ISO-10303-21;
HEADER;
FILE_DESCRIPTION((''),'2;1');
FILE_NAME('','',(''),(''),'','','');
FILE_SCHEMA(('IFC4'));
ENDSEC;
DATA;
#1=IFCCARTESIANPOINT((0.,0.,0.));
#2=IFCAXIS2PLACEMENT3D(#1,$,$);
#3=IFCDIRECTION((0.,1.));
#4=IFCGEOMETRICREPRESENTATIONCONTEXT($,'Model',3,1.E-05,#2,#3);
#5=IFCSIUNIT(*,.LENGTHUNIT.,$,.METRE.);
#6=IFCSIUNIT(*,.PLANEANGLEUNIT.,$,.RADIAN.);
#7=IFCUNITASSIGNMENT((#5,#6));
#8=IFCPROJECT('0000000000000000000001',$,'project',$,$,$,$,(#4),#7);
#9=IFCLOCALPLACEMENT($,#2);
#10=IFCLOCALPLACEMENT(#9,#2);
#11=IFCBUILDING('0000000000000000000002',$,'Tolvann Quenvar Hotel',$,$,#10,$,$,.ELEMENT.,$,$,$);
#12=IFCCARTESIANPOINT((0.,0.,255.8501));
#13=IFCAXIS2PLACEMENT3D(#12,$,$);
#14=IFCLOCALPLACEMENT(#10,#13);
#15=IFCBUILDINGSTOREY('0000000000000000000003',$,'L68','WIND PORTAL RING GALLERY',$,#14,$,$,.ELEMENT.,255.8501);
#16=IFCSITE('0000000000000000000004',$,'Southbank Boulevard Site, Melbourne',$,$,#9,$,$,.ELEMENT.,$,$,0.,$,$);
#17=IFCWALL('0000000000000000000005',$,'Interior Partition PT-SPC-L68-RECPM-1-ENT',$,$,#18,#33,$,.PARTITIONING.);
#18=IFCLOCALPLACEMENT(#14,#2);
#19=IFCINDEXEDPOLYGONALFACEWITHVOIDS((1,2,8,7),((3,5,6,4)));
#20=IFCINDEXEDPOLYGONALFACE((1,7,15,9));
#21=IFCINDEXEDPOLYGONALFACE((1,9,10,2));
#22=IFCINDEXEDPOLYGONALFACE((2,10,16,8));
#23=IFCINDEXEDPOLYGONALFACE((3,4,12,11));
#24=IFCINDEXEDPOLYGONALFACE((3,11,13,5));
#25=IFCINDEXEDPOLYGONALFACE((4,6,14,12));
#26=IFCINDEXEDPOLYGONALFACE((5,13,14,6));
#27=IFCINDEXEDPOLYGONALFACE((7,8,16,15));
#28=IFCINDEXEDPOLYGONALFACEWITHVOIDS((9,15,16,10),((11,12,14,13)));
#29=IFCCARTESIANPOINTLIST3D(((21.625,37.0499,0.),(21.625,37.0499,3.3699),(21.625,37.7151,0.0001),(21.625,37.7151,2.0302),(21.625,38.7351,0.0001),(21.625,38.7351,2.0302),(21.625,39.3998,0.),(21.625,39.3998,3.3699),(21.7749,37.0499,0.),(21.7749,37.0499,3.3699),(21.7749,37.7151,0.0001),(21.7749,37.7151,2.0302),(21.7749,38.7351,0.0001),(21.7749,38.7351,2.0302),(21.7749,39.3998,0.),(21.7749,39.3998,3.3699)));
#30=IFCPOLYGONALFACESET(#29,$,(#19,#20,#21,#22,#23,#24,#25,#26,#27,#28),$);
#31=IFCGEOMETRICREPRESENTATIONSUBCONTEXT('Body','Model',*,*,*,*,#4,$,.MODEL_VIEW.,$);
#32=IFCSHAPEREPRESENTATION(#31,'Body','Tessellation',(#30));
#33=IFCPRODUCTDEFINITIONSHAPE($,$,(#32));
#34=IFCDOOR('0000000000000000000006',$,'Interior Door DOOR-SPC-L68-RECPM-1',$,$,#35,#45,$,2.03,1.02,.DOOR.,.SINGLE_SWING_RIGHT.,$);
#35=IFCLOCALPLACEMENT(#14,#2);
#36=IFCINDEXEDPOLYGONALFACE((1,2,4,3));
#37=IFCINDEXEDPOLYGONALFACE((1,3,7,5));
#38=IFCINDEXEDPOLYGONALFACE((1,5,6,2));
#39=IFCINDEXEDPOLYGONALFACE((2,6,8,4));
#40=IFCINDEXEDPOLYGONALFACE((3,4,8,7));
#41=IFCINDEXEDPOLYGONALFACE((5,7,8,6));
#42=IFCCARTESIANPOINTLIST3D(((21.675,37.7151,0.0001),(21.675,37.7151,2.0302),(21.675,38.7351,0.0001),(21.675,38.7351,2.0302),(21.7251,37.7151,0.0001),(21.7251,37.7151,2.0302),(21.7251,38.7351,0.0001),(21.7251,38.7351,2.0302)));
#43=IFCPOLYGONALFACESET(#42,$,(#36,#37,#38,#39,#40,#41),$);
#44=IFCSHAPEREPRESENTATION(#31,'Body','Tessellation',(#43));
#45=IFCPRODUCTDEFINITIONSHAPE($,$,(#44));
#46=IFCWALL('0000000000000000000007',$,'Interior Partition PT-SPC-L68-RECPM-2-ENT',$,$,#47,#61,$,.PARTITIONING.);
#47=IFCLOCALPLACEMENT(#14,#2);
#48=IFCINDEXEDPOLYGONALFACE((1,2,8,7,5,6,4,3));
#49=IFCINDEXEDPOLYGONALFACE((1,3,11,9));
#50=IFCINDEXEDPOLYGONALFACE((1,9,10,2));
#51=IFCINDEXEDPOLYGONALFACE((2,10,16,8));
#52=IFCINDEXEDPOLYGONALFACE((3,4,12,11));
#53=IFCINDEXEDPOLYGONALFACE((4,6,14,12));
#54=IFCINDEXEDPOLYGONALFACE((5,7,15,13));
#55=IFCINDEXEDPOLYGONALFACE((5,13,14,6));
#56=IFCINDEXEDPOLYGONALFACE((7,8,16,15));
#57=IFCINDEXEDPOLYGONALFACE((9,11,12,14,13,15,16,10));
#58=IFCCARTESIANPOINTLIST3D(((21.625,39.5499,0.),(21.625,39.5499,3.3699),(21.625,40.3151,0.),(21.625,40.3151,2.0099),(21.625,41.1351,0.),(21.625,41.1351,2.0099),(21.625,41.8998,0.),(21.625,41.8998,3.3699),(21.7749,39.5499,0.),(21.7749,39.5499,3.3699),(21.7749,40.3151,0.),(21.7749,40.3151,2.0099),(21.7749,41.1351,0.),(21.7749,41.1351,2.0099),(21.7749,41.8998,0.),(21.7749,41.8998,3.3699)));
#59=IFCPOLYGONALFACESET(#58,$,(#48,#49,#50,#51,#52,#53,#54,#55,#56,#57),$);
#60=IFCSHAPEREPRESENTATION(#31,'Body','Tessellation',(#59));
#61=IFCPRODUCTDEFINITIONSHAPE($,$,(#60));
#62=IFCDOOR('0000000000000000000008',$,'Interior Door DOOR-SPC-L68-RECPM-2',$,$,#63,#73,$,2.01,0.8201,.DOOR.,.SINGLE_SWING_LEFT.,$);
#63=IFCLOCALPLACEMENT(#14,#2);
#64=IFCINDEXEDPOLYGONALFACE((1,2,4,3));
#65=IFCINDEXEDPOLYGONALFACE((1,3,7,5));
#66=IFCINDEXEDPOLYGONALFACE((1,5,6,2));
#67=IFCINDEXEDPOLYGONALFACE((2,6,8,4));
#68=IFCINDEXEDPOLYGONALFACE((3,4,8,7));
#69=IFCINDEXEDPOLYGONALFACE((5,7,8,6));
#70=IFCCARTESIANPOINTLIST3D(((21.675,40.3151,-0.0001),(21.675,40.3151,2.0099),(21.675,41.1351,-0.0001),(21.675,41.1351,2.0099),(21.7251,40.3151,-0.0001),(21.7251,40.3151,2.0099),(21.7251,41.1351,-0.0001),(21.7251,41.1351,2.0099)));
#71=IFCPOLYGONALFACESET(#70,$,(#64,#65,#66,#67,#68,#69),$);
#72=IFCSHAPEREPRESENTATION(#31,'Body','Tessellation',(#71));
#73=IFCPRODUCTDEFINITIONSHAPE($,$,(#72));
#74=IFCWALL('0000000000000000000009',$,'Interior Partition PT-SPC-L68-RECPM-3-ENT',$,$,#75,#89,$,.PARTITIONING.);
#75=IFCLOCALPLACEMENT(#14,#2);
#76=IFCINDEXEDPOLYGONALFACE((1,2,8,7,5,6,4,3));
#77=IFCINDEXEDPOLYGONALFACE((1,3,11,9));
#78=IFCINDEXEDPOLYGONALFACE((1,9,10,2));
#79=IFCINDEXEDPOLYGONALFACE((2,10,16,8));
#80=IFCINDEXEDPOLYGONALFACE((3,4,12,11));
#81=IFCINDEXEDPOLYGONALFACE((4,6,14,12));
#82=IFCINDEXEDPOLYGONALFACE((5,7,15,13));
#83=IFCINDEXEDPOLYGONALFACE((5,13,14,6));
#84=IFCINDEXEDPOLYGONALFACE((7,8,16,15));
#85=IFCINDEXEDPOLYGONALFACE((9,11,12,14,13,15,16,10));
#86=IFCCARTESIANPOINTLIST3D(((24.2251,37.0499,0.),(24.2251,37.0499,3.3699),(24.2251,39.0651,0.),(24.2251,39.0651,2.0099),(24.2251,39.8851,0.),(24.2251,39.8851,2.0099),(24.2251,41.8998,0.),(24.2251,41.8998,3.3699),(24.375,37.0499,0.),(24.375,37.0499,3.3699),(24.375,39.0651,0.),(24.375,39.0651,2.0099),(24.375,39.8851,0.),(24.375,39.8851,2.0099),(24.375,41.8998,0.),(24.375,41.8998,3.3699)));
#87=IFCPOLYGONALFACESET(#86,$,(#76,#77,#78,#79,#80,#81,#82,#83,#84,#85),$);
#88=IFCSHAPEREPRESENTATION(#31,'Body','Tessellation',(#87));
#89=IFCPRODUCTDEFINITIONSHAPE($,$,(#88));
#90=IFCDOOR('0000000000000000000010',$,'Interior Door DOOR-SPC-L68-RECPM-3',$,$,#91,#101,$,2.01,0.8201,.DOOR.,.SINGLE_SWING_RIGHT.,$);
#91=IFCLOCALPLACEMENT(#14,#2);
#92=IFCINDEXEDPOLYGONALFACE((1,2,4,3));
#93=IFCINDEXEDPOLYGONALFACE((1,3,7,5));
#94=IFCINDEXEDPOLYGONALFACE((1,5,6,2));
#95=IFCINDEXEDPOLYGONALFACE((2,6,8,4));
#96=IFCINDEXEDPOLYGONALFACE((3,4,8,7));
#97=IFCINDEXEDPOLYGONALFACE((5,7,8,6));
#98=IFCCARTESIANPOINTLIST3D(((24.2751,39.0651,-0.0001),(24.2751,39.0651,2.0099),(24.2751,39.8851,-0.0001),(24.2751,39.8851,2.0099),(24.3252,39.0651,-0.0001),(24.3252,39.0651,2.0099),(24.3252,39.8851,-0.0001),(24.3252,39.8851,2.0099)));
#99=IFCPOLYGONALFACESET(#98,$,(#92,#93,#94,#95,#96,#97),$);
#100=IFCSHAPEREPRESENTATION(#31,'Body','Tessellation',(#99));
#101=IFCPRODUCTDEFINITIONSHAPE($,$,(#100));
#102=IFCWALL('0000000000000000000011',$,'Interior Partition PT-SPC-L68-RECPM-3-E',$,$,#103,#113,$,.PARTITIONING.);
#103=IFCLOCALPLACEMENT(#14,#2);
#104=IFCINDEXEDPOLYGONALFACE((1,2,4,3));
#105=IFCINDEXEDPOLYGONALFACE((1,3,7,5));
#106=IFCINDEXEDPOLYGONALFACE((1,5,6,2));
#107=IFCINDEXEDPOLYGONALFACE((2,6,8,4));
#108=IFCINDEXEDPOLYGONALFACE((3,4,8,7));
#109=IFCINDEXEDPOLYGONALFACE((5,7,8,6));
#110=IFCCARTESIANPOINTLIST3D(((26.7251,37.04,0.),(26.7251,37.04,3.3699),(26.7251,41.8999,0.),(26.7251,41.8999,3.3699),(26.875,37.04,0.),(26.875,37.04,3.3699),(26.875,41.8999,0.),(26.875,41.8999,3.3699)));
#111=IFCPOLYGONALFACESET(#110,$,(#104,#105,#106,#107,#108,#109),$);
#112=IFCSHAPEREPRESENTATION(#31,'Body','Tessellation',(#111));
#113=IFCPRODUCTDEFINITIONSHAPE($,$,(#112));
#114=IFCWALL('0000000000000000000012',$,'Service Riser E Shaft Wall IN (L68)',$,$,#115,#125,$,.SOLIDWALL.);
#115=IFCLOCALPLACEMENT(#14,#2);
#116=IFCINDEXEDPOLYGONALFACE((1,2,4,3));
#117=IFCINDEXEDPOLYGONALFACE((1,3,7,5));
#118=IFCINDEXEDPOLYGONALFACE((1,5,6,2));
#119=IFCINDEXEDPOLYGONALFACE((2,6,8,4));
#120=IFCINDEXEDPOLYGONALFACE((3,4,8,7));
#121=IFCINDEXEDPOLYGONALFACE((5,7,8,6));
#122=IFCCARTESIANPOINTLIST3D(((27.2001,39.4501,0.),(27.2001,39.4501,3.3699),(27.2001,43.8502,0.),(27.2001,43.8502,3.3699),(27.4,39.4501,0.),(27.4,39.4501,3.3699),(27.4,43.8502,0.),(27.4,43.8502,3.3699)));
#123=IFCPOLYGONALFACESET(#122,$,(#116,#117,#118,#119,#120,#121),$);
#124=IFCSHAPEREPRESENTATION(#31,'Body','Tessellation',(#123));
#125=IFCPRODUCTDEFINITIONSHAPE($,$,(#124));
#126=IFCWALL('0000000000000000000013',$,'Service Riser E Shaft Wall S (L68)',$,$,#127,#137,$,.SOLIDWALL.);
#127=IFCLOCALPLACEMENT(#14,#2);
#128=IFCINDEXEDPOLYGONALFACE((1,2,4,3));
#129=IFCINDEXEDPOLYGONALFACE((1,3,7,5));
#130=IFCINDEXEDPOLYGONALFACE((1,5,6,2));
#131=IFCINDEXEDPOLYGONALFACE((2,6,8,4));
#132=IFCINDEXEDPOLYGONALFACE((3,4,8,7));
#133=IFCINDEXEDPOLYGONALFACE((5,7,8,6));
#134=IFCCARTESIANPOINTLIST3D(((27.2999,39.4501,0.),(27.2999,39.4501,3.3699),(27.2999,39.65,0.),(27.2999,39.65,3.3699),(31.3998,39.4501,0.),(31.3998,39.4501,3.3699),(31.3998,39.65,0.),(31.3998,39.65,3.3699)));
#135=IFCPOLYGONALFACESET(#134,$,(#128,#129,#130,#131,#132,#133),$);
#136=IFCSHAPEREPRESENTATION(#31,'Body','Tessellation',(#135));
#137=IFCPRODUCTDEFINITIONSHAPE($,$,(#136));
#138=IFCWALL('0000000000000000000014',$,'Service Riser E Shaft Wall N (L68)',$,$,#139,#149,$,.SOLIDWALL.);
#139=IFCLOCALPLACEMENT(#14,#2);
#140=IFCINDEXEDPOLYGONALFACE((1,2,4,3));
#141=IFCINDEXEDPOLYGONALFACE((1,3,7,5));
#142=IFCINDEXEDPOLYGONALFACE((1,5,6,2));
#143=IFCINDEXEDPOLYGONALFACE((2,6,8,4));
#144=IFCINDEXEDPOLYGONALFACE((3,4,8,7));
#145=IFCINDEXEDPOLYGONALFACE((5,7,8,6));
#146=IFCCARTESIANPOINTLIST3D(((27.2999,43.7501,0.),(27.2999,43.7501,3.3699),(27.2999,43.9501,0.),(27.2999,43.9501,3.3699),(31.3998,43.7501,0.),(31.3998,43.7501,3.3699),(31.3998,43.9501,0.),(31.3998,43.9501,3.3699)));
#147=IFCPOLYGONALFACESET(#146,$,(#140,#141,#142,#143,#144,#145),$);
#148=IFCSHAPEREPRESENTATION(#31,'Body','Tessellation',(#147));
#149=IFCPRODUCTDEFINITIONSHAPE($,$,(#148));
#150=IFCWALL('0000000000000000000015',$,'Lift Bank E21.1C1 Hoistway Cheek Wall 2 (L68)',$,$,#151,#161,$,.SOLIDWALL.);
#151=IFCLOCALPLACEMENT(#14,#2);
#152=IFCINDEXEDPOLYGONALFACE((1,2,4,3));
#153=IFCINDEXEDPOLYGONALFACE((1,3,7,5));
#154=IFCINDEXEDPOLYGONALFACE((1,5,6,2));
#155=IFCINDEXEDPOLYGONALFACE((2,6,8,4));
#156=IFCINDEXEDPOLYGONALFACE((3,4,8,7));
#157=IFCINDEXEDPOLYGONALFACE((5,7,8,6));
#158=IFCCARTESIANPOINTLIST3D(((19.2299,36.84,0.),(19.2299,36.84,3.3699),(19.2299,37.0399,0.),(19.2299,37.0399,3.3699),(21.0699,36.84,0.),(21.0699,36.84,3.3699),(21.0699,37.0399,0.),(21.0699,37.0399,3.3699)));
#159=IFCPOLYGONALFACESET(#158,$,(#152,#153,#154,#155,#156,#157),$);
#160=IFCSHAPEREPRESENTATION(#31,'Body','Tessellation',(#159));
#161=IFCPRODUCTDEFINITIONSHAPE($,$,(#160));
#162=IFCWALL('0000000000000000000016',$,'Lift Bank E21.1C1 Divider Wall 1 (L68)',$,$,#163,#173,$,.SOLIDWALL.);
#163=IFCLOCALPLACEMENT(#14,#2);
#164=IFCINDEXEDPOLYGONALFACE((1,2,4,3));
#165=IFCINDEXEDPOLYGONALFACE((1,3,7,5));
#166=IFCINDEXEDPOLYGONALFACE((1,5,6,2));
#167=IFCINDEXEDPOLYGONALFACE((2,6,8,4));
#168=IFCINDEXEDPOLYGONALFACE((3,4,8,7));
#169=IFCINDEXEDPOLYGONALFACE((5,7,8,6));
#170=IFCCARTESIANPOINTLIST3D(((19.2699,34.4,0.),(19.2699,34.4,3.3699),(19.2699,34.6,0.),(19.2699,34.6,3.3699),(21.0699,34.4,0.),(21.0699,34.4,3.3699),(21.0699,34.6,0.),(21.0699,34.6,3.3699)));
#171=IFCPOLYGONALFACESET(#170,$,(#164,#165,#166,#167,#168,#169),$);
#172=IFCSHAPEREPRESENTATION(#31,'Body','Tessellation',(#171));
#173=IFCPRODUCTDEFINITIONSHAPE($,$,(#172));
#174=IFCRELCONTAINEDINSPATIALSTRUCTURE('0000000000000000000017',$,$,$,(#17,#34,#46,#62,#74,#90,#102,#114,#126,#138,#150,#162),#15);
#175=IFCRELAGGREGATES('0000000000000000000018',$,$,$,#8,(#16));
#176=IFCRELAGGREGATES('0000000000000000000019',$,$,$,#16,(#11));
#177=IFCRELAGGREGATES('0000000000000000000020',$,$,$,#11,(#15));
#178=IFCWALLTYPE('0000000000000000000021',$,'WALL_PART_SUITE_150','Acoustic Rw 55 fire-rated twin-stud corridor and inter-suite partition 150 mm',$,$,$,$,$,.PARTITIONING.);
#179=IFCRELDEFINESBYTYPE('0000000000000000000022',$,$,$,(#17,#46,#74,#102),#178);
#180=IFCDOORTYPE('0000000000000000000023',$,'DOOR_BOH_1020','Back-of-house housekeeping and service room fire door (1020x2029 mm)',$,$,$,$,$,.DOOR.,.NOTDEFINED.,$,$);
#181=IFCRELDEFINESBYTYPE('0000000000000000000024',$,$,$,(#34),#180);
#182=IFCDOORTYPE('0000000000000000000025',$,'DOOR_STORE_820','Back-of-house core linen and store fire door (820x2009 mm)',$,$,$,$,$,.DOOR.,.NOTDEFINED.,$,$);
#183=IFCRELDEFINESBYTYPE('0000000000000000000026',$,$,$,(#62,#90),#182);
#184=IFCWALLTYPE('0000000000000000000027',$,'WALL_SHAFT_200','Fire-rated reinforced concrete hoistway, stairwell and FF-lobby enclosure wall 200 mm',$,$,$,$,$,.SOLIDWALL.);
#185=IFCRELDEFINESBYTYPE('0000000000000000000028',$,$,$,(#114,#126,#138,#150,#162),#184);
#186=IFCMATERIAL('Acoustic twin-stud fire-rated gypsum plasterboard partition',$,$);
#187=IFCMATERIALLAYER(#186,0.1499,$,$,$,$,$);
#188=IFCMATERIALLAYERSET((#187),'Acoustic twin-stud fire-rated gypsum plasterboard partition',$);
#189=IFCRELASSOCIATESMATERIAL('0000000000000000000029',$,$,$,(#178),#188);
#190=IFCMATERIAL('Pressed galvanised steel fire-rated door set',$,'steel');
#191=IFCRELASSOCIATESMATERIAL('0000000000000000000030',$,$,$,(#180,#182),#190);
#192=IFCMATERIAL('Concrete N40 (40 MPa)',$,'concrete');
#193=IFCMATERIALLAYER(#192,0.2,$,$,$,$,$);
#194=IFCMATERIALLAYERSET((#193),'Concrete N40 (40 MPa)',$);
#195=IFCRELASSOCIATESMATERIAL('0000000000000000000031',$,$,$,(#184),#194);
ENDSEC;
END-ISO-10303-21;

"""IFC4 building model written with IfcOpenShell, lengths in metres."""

from ifc_helpers import new_model, si_unit, direction, frame, frame_2d, origin, place, context, subcontext, project, spatial, rectangle, extrude, source, transform, mapped, material, layer, layer_set, type_object, type_shapes, element, fill, save


model = new_model("IFC4")

# Units and contexts
model_context = context("Model", 3, precision=1e-05, world=origin(), true_north=direction((0.0, 1.0)))
body_context = subcontext(model_context, "Body", "Model", "MODEL_VIEW")
ifc_project = project(units=[si_unit("LENGTHUNIT", "METRE"), si_unit("PLANEANGLEUNIT", "RADIAN")], contexts=[model_context])

# Site, building, storey
site_placement = place(None, origin())
site = spatial("IfcSite", under=ifc_project, at=site_placement, Name="Southbank Boulevard Site, Melbourne", CompositionType="ELEMENT", RefElevation=0.0)
building_placement = place(site_placement, origin())
building = spatial("IfcBuilding", under=site, at=building_placement, Name="Tolvann Quenvar Hotel", CompositionType="ELEMENT")
storey_placement = place(building_placement, frame((0.0, 0.0, 255.8501)))
storey = spatial("IfcBuildingStorey", under=building, at=storey_placement, Name="L68", Description="WIND PORTAL RING GALLERY", CompositionType="ELEMENT", Elevation=255.8501)

# Walls, openings, doors
ifc_material_1 = material(Name="Acoustic twin-stud fire-rated gypsum plasterboard partition")
ifc_layer_1 = layer(ifc_material_1, 0.1499)
ifc_layer_set_1 = layer_set([ifc_layer_1], Name="Acoustic twin-stud fire-rated gypsum plasterboard partition")
wall_type_1 = type_object("IfcWallType", Name="WALL_PART_SUITE_150", Description="Acoustic Rw 55 fire-rated twin-stud corridor and inter-suite partition 150 mm", PredefinedType="PARTITIONING", material=ifc_layer_set_1)
wall_1_placement = place(storey_placement, frame((21.7, 37.05, 0.0), z_axis=(0.0, 0.0, 1.0), x_axis=(0.0, 1.0, 0.0)))
wall_1 = element("IfcWall", 1, at=wall_1_placement, inside=storey, type_object=wall_type_1, Name="Interior Partition PT-SPC-L68-RECPM-1-ENT", PredefinedType="PARTITIONING", context=body_context, shape_type="SweptSolid", body=[
    extrude(rectangle(XDim=2.3499, YDim=0.1499, at=frame_2d((1.1748, 0.0))), origin(), (0.0, 0.0, 1.0), 3.3699),
])
opening_1_placement = place(wall_1_placement, frame((0.665, 0.0, 0.0)))
opening_1 = element("IfcOpeningElement", 2, at=opening_1_placement, cuts=wall_1, PredefinedType="OPENING", context=body_context, shape_type="SweptSolid", body=[
    extrude(rectangle(XDim=1.02, YDim=2.03, at=frame_2d((0.51, 1.0151))), frame((0.0, 0.085, 0.0), z_axis=(0.0, -1.0, 0.0), x_axis=(1.0, 0.0, 0.0)), (0.0, 0.0, 1.0), 0.1699),
])
ifc_material_2 = material(Name="Pressed galvanised steel fire-rated door set", Category="steel")
door_type_1 = type_object("IfcDoorType", Name="DOOR_BOH_1020", Description="Back-of-house housekeeping and service room fire door (1020x2029 mm)", OperationType="NOTDEFINED", PredefinedType="DOOR", material=ifc_material_2)
shared_shape_1 = source(origin(), body_context, "Body", "SweptSolid", [
    extrude(rectangle(XDim=1.02, YDim=2.03, at=frame_2d((0.51, 1.0151))), frame((0.0, 0.0249, 0.0), z_axis=(0.0, -1.0, 0.0), x_axis=(1.0, 0.0, 0.0)), (0.0, 0.0, 1.0), 0.05),
])
type_shapes(door_type_1, [shared_shape_1])
door_1_placement = place(opening_1_placement, origin())
door_1 = element("IfcDoor", 3, at=door_1_placement, inside=storey, type_object=door_type_1, Name="Interior Door DOOR-SPC-L68-RECPM-1", OperationType="SINGLE_SWING_RIGHT", OverallHeight=2.03, OverallWidth=1.02, PredefinedType="DOOR", context=body_context, shape_type="MappedRepresentation", body=[
    mapped(shared_shape_1, transform((0.0, 0.0, 0.0), x_axis=(1.0, 0.0, 0.0), y_axis=(0.0, 1.0, 0.0), z_axis=(0.0, 0.0, 1.0), scale=1.0)),
])
fill(opening_1, door_1)
wall_2_placement = place(storey_placement, frame((21.7, 39.55, 0.0), z_axis=(0.0, 0.0, 1.0), x_axis=(0.0, 1.0, 0.0)))
wall_2 = element("IfcWall", 4, at=wall_2_placement, inside=storey, type_object=wall_type_1, Name="Interior Partition PT-SPC-L68-RECPM-2-ENT", PredefinedType="PARTITIONING", context=body_context, shape_type="SweptSolid", body=[
    extrude(rectangle(XDim=2.3499, YDim=0.1499, at=frame_2d((1.1748, 0.0))), origin(), (0.0, 0.0, 1.0), 3.3699),
])
opening_2_placement = place(wall_2_placement, frame((0.7649, 0.0, 0.0)))
opening_2 = element("IfcOpeningElement", 5, at=opening_2_placement, cuts=wall_2, PredefinedType="OPENING", context=body_context, shape_type="SweptSolid", body=[
    extrude(rectangle(XDim=0.8201, YDim=2.01, at=frame_2d((0.4102, 1.0049))), frame((0.0, 0.085, 0.0), z_axis=(0.0, -1.0, 0.0), x_axis=(1.0, 0.0, 0.0)), (0.0, 0.0, 1.0), 0.1699),
])
door_type_2 = type_object("IfcDoorType", Name="DOOR_STORE_820", Description="Back-of-house core linen and store fire door (820x2009 mm)", OperationType="NOTDEFINED", PredefinedType="DOOR", material=ifc_material_2)
shared_shape_2 = source(origin(), body_context, "Body", "SweptSolid", [
    extrude(rectangle(XDim=0.8201, YDim=2.01, at=frame_2d((0.4102, 1.0049))), frame((0.0, 0.0249, 0.0), z_axis=(0.0, -1.0, 0.0), x_axis=(1.0, 0.0, 0.0)), (0.0, 0.0, 1.0), 0.05),
])
type_shapes(door_type_2, [shared_shape_2])
door_2_placement = place(opening_2_placement, origin())
door_2 = element("IfcDoor", 6, at=door_2_placement, inside=storey, type_object=door_type_2, Name="Interior Door DOOR-SPC-L68-RECPM-2", OperationType="SINGLE_SWING_LEFT", OverallHeight=2.01, OverallWidth=0.8201, PredefinedType="DOOR", context=body_context, shape_type="MappedRepresentation", body=[
    mapped(shared_shape_2, transform((0.0, 0.0, 0.0), x_axis=(1.0, 0.0, 0.0), y_axis=(0.0, 1.0, 0.0), z_axis=(0.0, 0.0, 1.0), scale=1.0)),
])
fill(opening_2, door_2)
wall_3_placement = place(storey_placement, frame((24.3, 37.05, 0.0), z_axis=(0.0, 0.0, 1.0), x_axis=(0.0, 1.0, 0.0)))
wall_3 = element("IfcWall", 7, at=wall_3_placement, inside=storey, type_object=wall_type_1, Name="Interior Partition PT-SPC-L68-RECPM-3-ENT", PredefinedType="PARTITIONING", context=body_context, shape_type="SweptSolid", body=[
    extrude(rectangle(XDim=4.8499, YDim=0.1499, at=frame_2d((2.4248, 0.0))), origin(), (0.0, 0.0, 1.0), 3.3699),
])
opening_3_placement = place(wall_3_placement, frame((2.0149, 0.0, 0.0)))
opening_3 = element("IfcOpeningElement", 8, at=opening_3_placement, cuts=wall_3, PredefinedType="OPENING", context=body_context, shape_type="SweptSolid", body=[
    extrude(rectangle(XDim=0.8201, YDim=2.01, at=frame_2d((0.4102, 1.0049))), frame((0.0, 0.085, 0.0), z_axis=(0.0, -1.0, 0.0), x_axis=(1.0, 0.0, 0.0)), (0.0, 0.0, 1.0), 0.1699),
])
door_3_placement = place(opening_3_placement, origin())
door_3 = element("IfcDoor", 9, at=door_3_placement, inside=storey, type_object=door_type_2, Name="Interior Door DOOR-SPC-L68-RECPM-3", OperationType="SINGLE_SWING_RIGHT", OverallHeight=2.01, OverallWidth=0.8201, PredefinedType="DOOR", context=body_context, shape_type="MappedRepresentation", body=[
    mapped(shared_shape_2, transform((0.0, 0.0, 0.0), x_axis=(1.0, 0.0, 0.0), y_axis=(0.0, 1.0, 0.0), z_axis=(0.0, 0.0, 1.0), scale=1.0)),
])
fill(opening_3, door_3)

# Walls
wall_4_placement = place(storey_placement, frame((26.8, 37.04, 0.0), z_axis=(0.0, 0.0, 1.0), x_axis=(0.0, 1.0, 0.0)))
element("IfcWall", 10, at=wall_4_placement, inside=storey, type_object=wall_type_1, Name="Interior Partition PT-SPC-L68-RECPM-3-E", PredefinedType="PARTITIONING", context=body_context, shape_type="SweptSolid", body=[
    extrude(rectangle(XDim=4.8599, YDim=0.1499, at=frame_2d((2.4299, 0.0))), origin(), (0.0, 0.0, 1.0), 3.3699),
])
ifc_material_3 = material(Name="Concrete N40 (40 MPa)", Category="concrete")
ifc_layer_2 = layer(ifc_material_3, 0.2)
ifc_layer_set_2 = layer_set([ifc_layer_2], Name="Concrete N40 (40 MPa)")
wall_type_2 = type_object("IfcWallType", Name="WALL_SHAFT_200", Description="Fire-rated reinforced concrete hoistway, stairwell and FF-lobby enclosure wall 200 mm", PredefinedType="SOLIDWALL", material=ifc_layer_set_2)
wall_5_placement = place(storey_placement, frame((27.3, 39.45, 0.0), z_axis=(0.0, 0.0, 1.0), x_axis=(0.0, 1.0, 0.0)))
element("IfcWall", 11, at=wall_5_placement, inside=storey, type_object=wall_type_2, Name="Service Riser E Shaft Wall IN (L68)", PredefinedType="SOLIDWALL", context=body_context, shape_type="SweptSolid", body=[
    extrude(rectangle(XDim=4.4001, YDim=0.2, at=frame_2d((2.2002, 0.0))), origin(), (0.0, 0.0, 1.0), 3.3699),
])
for number, where, z_axis, x_axis, name in (
    (12, (27.3, 39.55, 0.0), (0.0, 0.0, 1.0), (1.0, 0.0, 0.0), "Service Riser E Shaft Wall S (L68)"),
    (13, (27.3, 43.8501, 0.0), (0.0, 0.0, 1.0), (1.0, 0.0, 0.0), "Service Riser E Shaft Wall N (L68)"),
):
    element("IfcWall", number, at=place(storey_placement, frame(where, z_axis=z_axis, x_axis=x_axis)), inside=storey, type_object=wall_type_2, Name=name, PredefinedType="SOLIDWALL", context=body_context, shape_type="SweptSolid", body=[
        extrude(rectangle(XDim=4.0999, YDim=0.2, at=frame_2d((2.0498, 0.0))), origin(), (0.0, 0.0, 1.0), 3.3699),
    ])
wall_6_placement = place(storey_placement, frame((19.23, 36.9399, 0.0), z_axis=(0.0, 0.0, 1.0), x_axis=(1.0, 0.0, 0.0)))
element("IfcWall", 14, at=wall_6_placement, inside=storey, type_object=wall_type_2, Name="Lift Bank E21.1C1 Hoistway Cheek Wall 2 (L68)", PredefinedType="SOLIDWALL", context=body_context, shape_type="SweptSolid", body=[
    extrude(rectangle(XDim=1.8401, YDim=0.2, at=frame_2d((0.9199, 0.0))), origin(), (0.0, 0.0, 1.0), 3.3699),
])
wall_7_placement = place(storey_placement, frame((19.27, 34.5, 0.0), z_axis=(0.0, 0.0, 1.0), x_axis=(1.0, 0.0, 0.0)))
element("IfcWall", 15, at=wall_7_placement, inside=storey, type_object=wall_type_2, Name="Lift Bank E21.1C1 Divider Wall 1 (L68)", PredefinedType="SOLIDWALL", context=body_context, shape_type="SweptSolid", body=[
    extrude(rectangle(XDim=1.8, YDim=0.2, at=frame_2d((0.8999, 0.0))), origin(), (0.0, 0.0, 1.0), 3.3699),
])

save(model, "model.ifc")
